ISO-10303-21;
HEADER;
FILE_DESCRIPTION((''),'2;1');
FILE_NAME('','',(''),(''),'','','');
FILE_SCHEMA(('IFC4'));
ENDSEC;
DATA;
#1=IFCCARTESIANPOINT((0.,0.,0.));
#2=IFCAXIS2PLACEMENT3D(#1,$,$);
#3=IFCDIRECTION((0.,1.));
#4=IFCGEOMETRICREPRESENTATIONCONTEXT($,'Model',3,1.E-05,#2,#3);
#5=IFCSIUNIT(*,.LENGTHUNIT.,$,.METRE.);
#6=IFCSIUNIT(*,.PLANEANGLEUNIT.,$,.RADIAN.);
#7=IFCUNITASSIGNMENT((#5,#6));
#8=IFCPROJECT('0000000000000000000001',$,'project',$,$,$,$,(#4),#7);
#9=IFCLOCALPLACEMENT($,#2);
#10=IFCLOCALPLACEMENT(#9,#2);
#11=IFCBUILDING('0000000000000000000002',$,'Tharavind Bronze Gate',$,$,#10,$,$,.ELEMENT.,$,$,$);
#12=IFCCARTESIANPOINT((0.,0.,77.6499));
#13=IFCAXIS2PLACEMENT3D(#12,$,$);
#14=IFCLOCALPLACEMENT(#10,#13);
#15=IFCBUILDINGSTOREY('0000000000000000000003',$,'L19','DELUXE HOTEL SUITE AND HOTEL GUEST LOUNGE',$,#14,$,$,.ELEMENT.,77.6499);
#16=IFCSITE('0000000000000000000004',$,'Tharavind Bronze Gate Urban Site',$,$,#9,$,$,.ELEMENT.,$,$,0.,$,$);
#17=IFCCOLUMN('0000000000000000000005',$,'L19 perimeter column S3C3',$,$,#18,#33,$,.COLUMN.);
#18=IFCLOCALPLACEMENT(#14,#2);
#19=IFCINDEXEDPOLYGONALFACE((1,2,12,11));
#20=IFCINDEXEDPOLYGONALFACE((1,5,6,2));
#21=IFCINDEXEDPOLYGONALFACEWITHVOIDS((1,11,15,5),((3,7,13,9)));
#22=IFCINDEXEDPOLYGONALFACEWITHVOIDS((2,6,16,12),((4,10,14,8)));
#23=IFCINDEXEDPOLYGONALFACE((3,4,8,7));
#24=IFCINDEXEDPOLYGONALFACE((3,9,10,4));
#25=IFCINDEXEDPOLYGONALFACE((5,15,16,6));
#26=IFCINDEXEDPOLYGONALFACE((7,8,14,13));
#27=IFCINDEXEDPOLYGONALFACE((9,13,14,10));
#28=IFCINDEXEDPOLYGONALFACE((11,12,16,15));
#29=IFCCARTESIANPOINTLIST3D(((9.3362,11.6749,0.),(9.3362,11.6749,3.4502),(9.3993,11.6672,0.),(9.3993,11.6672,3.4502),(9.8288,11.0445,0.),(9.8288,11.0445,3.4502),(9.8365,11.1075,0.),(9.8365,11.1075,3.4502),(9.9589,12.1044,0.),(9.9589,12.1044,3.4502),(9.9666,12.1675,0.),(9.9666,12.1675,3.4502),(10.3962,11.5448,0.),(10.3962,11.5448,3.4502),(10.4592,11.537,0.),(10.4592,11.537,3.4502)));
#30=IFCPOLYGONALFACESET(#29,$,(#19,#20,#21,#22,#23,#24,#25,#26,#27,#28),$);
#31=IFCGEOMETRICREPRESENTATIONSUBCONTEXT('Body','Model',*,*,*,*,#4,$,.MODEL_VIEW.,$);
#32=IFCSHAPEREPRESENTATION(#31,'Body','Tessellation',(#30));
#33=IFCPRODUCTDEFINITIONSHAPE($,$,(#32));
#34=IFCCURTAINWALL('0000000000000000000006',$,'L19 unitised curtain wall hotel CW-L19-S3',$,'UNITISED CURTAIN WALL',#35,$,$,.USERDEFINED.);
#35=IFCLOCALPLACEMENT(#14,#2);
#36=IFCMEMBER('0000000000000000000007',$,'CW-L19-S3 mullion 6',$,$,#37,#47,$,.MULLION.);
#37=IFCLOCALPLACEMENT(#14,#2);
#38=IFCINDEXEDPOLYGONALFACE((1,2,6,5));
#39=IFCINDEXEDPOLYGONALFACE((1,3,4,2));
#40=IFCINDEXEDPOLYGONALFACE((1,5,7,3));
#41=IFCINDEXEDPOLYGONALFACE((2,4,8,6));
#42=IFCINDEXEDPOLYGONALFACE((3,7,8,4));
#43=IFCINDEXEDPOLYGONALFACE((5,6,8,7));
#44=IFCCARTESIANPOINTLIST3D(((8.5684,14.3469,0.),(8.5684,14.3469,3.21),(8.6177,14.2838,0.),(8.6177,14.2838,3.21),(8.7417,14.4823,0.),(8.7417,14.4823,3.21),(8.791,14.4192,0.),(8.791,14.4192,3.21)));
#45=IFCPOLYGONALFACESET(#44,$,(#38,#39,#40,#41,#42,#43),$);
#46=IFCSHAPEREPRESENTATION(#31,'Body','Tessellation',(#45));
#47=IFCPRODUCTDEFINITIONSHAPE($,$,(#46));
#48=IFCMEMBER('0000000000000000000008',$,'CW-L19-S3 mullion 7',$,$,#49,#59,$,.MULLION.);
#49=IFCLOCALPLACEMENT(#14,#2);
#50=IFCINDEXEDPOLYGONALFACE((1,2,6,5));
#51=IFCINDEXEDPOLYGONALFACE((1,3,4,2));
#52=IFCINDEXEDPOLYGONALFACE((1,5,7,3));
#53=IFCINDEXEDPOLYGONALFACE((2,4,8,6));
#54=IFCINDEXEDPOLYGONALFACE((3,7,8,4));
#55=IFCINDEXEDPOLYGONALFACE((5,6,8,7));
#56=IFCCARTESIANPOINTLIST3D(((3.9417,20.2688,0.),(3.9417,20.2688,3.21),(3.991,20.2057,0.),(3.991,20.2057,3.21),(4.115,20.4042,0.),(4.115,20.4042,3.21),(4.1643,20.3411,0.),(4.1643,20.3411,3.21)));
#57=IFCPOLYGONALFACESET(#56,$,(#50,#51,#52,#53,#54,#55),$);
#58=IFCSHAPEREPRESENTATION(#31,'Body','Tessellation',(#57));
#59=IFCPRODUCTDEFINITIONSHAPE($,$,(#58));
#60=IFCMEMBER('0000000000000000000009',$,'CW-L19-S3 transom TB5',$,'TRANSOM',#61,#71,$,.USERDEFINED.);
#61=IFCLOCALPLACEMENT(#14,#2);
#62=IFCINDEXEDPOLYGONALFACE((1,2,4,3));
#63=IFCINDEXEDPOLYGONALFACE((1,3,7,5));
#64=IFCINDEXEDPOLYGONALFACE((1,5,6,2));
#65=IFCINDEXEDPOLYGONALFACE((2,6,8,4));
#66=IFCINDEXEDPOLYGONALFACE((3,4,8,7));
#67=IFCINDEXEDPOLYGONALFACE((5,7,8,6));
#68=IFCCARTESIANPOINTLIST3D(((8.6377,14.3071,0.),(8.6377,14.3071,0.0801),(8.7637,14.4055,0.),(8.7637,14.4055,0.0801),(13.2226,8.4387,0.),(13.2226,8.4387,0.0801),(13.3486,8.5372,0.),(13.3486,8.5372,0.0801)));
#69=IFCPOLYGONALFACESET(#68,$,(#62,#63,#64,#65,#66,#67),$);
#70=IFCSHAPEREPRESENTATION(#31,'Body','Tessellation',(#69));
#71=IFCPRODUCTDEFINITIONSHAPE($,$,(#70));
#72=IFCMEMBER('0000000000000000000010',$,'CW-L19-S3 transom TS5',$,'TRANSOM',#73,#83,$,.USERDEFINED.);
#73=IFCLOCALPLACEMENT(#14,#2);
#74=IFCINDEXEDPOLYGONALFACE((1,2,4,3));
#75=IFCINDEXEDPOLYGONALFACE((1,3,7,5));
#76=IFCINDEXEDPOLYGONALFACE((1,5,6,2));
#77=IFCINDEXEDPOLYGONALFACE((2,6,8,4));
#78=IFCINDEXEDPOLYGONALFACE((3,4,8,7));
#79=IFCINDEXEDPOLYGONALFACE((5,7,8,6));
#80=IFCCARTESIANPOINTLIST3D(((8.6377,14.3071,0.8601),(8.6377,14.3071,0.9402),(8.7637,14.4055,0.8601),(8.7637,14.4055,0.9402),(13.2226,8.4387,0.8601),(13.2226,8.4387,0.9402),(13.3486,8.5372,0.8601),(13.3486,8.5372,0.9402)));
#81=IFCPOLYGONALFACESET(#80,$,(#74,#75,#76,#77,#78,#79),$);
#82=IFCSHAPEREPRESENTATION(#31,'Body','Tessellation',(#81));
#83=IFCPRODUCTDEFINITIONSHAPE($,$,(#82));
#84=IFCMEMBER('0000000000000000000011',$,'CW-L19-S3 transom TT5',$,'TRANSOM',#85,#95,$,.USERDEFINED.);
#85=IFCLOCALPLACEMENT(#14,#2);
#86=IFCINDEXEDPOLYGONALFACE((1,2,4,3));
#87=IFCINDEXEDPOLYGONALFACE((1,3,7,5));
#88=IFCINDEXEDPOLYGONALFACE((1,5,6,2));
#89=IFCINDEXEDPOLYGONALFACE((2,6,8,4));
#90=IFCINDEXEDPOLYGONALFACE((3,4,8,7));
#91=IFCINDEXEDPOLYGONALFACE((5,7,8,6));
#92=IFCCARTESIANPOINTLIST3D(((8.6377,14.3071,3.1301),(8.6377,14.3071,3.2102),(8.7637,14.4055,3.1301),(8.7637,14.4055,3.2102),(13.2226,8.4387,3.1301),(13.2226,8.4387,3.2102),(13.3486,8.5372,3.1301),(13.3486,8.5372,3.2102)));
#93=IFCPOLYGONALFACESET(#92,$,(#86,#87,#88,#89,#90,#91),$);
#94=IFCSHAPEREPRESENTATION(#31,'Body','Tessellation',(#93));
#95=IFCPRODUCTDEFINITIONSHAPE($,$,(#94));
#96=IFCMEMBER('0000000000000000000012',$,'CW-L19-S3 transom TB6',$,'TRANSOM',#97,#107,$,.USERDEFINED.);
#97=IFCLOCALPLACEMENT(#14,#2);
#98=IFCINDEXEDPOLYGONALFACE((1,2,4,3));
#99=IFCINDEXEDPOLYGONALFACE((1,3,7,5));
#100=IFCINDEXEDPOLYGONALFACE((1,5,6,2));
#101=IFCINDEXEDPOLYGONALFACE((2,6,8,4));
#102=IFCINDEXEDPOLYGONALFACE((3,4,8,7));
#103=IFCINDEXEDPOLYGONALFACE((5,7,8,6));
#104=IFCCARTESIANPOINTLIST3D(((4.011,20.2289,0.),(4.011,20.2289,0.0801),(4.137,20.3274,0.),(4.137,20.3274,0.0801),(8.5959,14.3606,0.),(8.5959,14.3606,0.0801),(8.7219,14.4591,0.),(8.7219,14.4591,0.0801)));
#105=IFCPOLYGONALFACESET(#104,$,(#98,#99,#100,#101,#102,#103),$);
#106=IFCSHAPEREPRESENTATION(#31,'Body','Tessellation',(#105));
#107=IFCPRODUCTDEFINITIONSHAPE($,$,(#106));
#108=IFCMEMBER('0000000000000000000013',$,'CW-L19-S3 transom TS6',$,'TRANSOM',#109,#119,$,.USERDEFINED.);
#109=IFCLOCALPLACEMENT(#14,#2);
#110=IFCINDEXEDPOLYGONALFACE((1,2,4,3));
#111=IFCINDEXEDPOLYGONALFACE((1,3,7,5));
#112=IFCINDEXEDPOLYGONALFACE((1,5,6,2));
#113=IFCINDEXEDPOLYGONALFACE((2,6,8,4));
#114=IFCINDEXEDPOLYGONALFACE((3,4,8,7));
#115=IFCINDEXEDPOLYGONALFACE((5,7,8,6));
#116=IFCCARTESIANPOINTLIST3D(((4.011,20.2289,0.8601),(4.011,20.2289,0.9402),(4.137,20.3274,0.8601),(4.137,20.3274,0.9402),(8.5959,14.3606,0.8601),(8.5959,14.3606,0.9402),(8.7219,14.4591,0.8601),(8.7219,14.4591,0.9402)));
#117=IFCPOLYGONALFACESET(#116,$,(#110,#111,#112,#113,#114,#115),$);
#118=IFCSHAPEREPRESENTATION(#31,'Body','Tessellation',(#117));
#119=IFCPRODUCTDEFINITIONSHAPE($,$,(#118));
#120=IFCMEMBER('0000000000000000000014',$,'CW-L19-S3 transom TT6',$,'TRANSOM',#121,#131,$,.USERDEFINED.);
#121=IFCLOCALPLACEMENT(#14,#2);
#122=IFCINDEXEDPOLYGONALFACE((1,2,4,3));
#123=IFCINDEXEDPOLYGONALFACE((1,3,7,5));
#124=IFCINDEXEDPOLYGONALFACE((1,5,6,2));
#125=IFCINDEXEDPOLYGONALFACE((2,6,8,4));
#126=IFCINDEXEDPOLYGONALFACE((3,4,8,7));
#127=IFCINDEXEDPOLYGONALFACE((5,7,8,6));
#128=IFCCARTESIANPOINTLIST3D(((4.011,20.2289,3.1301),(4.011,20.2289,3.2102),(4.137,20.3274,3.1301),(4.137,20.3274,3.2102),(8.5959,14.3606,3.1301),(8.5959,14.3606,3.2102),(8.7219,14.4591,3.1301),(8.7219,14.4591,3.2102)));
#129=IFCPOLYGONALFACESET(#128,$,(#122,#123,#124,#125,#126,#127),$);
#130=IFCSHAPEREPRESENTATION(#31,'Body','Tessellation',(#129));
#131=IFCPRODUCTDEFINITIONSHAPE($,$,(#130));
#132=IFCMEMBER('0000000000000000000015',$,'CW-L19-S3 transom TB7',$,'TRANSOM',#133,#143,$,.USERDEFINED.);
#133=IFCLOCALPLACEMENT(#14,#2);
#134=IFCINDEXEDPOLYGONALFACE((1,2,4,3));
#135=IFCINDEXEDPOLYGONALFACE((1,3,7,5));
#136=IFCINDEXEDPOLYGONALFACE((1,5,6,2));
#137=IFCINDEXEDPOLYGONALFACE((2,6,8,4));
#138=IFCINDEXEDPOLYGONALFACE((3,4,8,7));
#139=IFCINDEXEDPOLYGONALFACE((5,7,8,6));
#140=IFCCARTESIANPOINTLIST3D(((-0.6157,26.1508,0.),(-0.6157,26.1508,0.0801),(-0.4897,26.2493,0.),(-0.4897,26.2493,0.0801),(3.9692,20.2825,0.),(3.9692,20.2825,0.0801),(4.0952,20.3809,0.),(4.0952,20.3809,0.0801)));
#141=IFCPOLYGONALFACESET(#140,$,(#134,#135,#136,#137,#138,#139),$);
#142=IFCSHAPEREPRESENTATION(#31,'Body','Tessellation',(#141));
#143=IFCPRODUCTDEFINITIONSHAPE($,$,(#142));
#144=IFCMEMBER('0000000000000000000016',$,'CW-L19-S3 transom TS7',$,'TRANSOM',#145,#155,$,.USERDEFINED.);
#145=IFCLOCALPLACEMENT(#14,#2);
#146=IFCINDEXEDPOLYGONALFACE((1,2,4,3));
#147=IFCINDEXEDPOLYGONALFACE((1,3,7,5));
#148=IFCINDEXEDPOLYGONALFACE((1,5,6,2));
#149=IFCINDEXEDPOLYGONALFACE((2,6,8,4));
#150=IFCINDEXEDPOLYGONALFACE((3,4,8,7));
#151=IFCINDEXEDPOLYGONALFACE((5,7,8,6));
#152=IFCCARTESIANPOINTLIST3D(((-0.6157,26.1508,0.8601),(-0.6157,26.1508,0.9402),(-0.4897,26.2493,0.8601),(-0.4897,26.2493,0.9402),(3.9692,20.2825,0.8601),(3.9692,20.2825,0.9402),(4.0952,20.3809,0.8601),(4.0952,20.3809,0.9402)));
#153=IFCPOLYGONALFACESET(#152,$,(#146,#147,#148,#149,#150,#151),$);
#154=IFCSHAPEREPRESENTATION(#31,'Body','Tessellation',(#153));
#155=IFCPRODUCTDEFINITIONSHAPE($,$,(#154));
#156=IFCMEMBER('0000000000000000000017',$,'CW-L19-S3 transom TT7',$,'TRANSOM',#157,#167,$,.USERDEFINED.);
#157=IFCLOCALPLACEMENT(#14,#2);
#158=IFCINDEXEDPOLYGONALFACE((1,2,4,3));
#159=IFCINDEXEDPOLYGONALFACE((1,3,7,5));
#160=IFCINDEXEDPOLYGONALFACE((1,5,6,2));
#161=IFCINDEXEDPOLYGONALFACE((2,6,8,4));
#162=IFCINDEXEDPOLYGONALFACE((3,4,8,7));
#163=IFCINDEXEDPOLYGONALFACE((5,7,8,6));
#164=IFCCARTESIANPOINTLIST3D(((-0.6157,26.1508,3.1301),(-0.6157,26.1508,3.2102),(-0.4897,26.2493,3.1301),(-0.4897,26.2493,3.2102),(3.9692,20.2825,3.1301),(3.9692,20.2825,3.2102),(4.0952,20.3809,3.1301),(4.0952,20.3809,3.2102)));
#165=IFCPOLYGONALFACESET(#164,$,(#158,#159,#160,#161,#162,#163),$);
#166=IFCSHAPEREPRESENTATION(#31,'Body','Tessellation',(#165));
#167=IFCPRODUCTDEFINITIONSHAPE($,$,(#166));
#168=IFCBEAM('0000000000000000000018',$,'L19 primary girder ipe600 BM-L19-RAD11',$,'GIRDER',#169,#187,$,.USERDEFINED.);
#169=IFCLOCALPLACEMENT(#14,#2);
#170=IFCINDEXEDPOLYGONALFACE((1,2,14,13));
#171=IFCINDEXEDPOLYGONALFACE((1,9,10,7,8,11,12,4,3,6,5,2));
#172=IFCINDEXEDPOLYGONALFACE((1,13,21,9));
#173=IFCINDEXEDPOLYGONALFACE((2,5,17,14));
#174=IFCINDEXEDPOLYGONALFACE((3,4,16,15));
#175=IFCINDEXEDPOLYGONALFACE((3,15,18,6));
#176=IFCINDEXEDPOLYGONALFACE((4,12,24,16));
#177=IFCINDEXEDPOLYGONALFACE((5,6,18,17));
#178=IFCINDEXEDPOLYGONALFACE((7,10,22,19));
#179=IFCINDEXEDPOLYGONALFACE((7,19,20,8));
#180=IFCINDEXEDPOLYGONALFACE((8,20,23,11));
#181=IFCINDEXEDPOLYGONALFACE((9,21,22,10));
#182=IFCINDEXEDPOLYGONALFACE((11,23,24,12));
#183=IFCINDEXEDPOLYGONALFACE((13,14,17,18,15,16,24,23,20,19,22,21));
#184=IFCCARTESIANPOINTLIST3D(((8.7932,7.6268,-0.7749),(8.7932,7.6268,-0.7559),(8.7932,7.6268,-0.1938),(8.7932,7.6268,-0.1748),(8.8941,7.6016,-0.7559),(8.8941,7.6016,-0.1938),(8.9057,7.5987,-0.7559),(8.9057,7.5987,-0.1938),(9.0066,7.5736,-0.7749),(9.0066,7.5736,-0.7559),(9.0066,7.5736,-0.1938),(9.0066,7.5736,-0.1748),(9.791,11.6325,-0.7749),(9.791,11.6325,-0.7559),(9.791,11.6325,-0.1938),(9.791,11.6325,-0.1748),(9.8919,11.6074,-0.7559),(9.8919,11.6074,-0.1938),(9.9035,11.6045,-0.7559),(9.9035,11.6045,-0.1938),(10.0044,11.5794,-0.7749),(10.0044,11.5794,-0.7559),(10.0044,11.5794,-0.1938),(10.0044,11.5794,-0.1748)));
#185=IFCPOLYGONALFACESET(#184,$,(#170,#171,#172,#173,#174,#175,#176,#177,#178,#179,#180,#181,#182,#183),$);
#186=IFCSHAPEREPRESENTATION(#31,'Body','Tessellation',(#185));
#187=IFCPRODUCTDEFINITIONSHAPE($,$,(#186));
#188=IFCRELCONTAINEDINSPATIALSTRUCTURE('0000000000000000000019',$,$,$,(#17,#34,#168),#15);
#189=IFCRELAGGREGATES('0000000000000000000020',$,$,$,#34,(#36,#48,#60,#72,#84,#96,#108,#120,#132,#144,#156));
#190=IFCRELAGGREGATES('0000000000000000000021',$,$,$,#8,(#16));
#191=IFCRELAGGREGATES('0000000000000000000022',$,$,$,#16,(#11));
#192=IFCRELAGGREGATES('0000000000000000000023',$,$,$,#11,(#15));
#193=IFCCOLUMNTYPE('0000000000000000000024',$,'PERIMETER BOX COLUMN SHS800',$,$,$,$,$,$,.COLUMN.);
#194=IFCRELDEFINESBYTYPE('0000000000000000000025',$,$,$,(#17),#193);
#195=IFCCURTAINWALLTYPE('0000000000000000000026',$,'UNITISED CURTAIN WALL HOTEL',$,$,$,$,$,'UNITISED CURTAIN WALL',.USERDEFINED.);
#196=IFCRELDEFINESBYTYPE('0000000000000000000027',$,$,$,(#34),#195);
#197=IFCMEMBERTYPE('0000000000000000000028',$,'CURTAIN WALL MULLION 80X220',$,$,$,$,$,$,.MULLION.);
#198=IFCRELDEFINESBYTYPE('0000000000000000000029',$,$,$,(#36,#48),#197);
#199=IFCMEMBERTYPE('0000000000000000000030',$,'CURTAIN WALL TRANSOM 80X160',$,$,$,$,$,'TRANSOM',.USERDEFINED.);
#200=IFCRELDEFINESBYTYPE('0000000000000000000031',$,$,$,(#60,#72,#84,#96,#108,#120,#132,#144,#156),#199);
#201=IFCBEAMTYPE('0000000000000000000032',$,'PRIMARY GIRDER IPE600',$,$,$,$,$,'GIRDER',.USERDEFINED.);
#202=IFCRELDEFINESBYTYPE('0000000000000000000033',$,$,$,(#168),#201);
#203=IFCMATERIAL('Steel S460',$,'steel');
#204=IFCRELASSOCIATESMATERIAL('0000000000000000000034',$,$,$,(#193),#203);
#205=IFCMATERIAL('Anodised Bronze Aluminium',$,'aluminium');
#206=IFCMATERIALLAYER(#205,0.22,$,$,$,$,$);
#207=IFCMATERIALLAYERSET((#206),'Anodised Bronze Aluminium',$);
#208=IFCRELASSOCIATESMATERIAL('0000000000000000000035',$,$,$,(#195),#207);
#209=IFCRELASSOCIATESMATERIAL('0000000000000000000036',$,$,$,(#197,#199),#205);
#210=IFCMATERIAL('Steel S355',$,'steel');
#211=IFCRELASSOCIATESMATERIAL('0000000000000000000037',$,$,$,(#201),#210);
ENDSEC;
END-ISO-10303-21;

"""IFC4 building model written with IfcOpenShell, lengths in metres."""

from ifc_helpers import new_model, si_unit, direction, frame, origin, origin_2d, place, context, subcontext, project, spatial, rectangle, hollow_rectangle, i_section, extrude, material, layer, layer_set, material_profile, profile_set, type_object, element, aggregate, save


model = new_model("IFC4")

# Units and contexts
model_context = context("Model", 3, precision=1e-05, world=origin(), true_north=direction((0.0, 1.0)))
body_context = subcontext(model_context, "Body", "Model", "MODEL_VIEW")
ifc_project = project(units=[si_unit("LENGTHUNIT", "METRE"), si_unit("PLANEANGLEUNIT", "RADIAN")], contexts=[model_context])

# Site, building, storey
site_placement = place(None, origin())
site = spatial("IfcSite", under=ifc_project, at=site_placement, Name="Tharavind Bronze Gate Urban Site", CompositionType="ELEMENT", RefElevation=0.0)
building_placement = place(site_placement, origin())
building = spatial("IfcBuilding", under=site, at=building_placement, Name="Tharavind Bronze Gate", CompositionType="ELEMENT")
storey_placement = place(building_placement, frame((0.0, 0.0, 77.6499)))
storey = spatial("IfcBuildingStorey", under=building, at=storey_placement, Name="L19", Description="DELUXE HOTEL SUITE AND HOTEL GUEST LOUNGE", CompositionType="ELEMENT", Elevation=77.6499)

# Column
ifc_material_1 = material(Name="Steel S460", Category="steel")
ifc_material_profile_1 = material_profile(ifc_material_1, hollow_rectangle(XDim=0.8, YDim=0.8, WallThickness=0.0449, at=origin_2d()), Name="SHS800X45")
ifc_profile_set_1 = profile_set([ifc_material_profile_1], Name="Steel S460")
column_type = type_object("IfcColumnType", Name="PERIMETER BOX COLUMN SHS800", PredefinedType="COLUMN", material=ifc_profile_set_1)
column_placement = place(storey_placement, frame((9.8977, 11.606, 0.0), z_axis=(0.0, 0.0, 1.0), x_axis=(-0.615661, 0.788011, 0.0)))
element("IfcColumn", 1, at=column_placement, inside=storey, type_object=column_type, Name="L19 perimeter column S3C3", PredefinedType="COLUMN", context=body_context, shape_type="SweptSolid", body=[
    extrude(hollow_rectangle(XDim=0.8, YDim=0.8, WallThickness=0.0449, at=origin_2d()), origin(), (0.0, 0.0, 1.0), 3.4502),
])

# Curtain wall, members
ifc_material_2 = material(Name="Anodised Bronze Aluminium", Category="aluminium")
ifc_layer_1 = layer(ifc_material_2, 0.22)
ifc_layer_set_1 = layer_set([ifc_layer_1], Name="Anodised Bronze Aluminium")
curtain_wall_type = type_object("IfcCurtainWallType", Name="UNITISED CURTAIN WALL HOTEL", ElementType="UNITISED CURTAIN WALL", PredefinedType="USERDEFINED", material=ifc_layer_set_1)
curtain_wall_placement = place(storey_placement, origin())
curtain_wall = element("IfcCurtainWall", 2, at=curtain_wall_placement, inside=storey, type_object=curtain_wall_type, Name="L19 unitised curtain wall hotel CW-L19-S3", ObjectType="UNITISED CURTAIN WALL", PredefinedType="USERDEFINED")
member_type_1 = type_object("IfcMemberType", Name="CURTAIN WALL MULLION 80X220", PredefinedType="MULLION", material=ifc_material_2)
member_1_placement = place(storey_placement, frame((8.6797, 14.3831, 0.0), z_axis=(0.0, 0.0, 1.0), x_axis=(-0.615661, 0.788011, 0.0)))
member_1 = element("IfcMember", 3, at=member_1_placement, type_object=member_type_1, Name="CW-L19-S3 mullion 6", PredefinedType="MULLION", context=body_context, shape_type="SweptSolid", body=[
    extrude(rectangle(XDim=0.0801, YDim=0.22, at=origin_2d()), origin(), (0.0, 0.0, 1.0), 3.21),
])
member_2_placement = place(storey_placement, frame((4.053, 20.3049, 0.0), z_axis=(0.0, 0.0, 1.0), x_axis=(-0.615661, 0.788011, 0.0)))
member_2 = element("IfcMember", 4, at=member_2_placement, type_object=member_type_1, Name="CW-L19-S3 mullion 7", PredefinedType="MULLION", context=body_context, shape_type="SweptSolid", body=[
    extrude(rectangle(XDim=0.0801, YDim=0.22, at=origin_2d()), origin(), (0.0, 0.0, 1.0), 3.21),
])
member_type_2 = type_object("IfcMemberType", Name="CURTAIN WALL TRANSOM 80X160", ElementType="TRANSOM", PredefinedType="USERDEFINED", material=ifc_material_2)
member_3_placement = place(storey_placement, frame((10.9932, 11.4221, 0.0), z_axis=(0.0, 0.0, 1.0), x_axis=(-0.615661, 0.788011, 0.0)))
member_3 = element("IfcMember", 5, at=member_3_placement, type_object=member_type_2, Name="CW-L19-S3 transom TB5", ObjectType="TRANSOM", PredefinedType="USERDEFINED", context=body_context, shape_type="SweptSolid", body=[
    extrude(rectangle(XDim=7.447, YDim=0.1599, at=origin_2d()), origin(), (0.0, 0.0, 1.0), 0.0801),
])
member_4_placement = place(storey_placement, frame((10.9932, 11.4221, 0.8601), z_axis=(0.0, 0.0, 1.0), x_axis=(-0.615661, 0.788011, 0.0)))
member_4 = element("IfcMember", 6, at=member_4_placement, type_object=member_type_2, Name="CW-L19-S3 transom TS5", ObjectType="TRANSOM", PredefinedType="USERDEFINED", context=body_context, shape_type="SweptSolid", body=[
    extrude(rectangle(XDim=7.447, YDim=0.1599, at=origin_2d()), origin(), (0.0, 0.0, 1.0), 0.0801),
])
member_5_placement = place(storey_placement, frame((10.9932, 11.4221, 3.1301), z_axis=(0.0, 0.0, 1.0), x_axis=(-0.615661, 0.788011, 0.0)))
member_5 = element("IfcMember", 7, at=member_5_placement, type_object=member_type_2, Name="CW-L19-S3 transom TT5", ObjectType="TRANSOM", PredefinedType="USERDEFINED", context=body_context, shape_type="SweptSolid", body=[
    extrude(rectangle(XDim=7.447, YDim=0.1599, at=origin_2d()), origin(), (0.0, 0.0, 1.0), 0.0801),
])
member_6_placement = place(storey_placement, frame((6.3665, 17.344, 0.0), z_axis=(0.0, 0.0, 1.0), x_axis=(-0.615661, 0.788011, 0.0)))
member_6 = element("IfcMember", 8, at=member_6_placement, type_object=member_type_2, Name="CW-L19-S3 transom TB6", ObjectType="TRANSOM", PredefinedType="USERDEFINED", context=body_context, shape_type="SweptSolid", body=[
    extrude(rectangle(XDim=7.447, YDim=0.1599, at=origin_2d()), origin(), (0.0, 0.0, 1.0), 0.0801),
])
member_7_placement = place(storey_placement, frame((6.3665, 17.344, 0.8601), z_axis=(0.0, 0.0, 1.0), x_axis=(-0.615661, 0.788011, 0.0)))
member_7 = element("IfcMember", 9, at=member_7_placement, type_object=member_type_2, Name="CW-L19-S3 transom TS6", ObjectType="TRANSOM", PredefinedType="USERDEFINED", context=body_context, shape_type="SweptSolid", body=[
    extrude(rectangle(XDim=7.447, YDim=0.1599, at=origin_2d()), origin(), (0.0, 0.0, 1.0), 0.0801),
])
member_8_placement = place(storey_placement, frame((6.3665, 17.344, 3.1301), z_axis=(0.0, 0.0, 1.0), x_axis=(-0.615661, 0.788011, 0.0)))
member_8 = element("IfcMember", 10, at=member_8_placement, type_object=member_type_2, Name="CW-L19-S3 transom TT6", ObjectType="TRANSOM", PredefinedType="USERDEFINED", context=body_context, shape_type="SweptSolid", body=[
    extrude(rectangle(XDim=7.447, YDim=0.1599, at=origin_2d()), origin(), (0.0, 0.0, 1.0), 0.0801),
])
member_9_placement = place(storey_placement, frame((1.7397, 23.2659, 0.0), z_axis=(0.0, 0.0, 1.0), x_axis=(-0.615661, 0.788011, 0.0)))
member_9 = element("IfcMember", 11, at=member_9_placement, type_object=member_type_2, Name="CW-L19-S3 transom TB7", ObjectType="TRANSOM", PredefinedType="USERDEFINED", context=body_context, shape_type="SweptSolid", body=[
    extrude(rectangle(XDim=7.447, YDim=0.1599, at=origin_2d()), origin(), (0.0, 0.0, 1.0), 0.0801),
])
member_10_placement = place(storey_placement, frame((1.7397, 23.2659, 0.8601), z_axis=(0.0, 0.0, 1.0), x_axis=(-0.615661, 0.788011, 0.0)))
member_10 = element("IfcMember", 12, at=member_10_placement, type_object=member_type_2, Name="CW-L19-S3 transom TS7", ObjectType="TRANSOM", PredefinedType="USERDEFINED", context=body_context, shape_type="SweptSolid", body=[
    extrude(rectangle(XDim=7.447, YDim=0.1599, at=origin_2d()), origin(), (0.0, 0.0, 1.0), 0.0801),
])
member_11_placement = place(storey_placement, frame((1.7397, 23.2659, 3.1301), z_axis=(0.0, 0.0, 1.0), x_axis=(-0.615661, 0.788011, 0.0)))
member_11 = element("IfcMember", 13, at=member_11_placement, type_object=member_type_2, Name="CW-L19-S3 transom TT7", ObjectType="TRANSOM", PredefinedType="USERDEFINED", context=body_context, shape_type="SweptSolid", body=[
    extrude(rectangle(XDim=7.447, YDim=0.1599, at=origin_2d()), origin(), (0.0, 0.0, 1.0), 0.0801),
])

# Beam
ifc_material_3 = material(Name="Steel S355", Category="steel")
ifc_material_profile_2 = material_profile(ifc_material_3, i_section(OverallWidth=0.22, OverallDepth=0.6001, WebThickness=0.012, FlangeThickness=0.019, at=origin_2d()), Name="IPE600")
ifc_profile_set_2 = profile_set([ifc_material_profile_2], Name="Steel S355")
beam_type_1 = type_object("IfcBeamType", Name="PRIMARY GIRDER IPE600", ElementType="GIRDER", PredefinedType="USERDEFINED", material=ifc_profile_set_2)
beam_1_placement = place(storey_placement, frame((9.8977, 11.606, -0.4749), z_axis=(-0.241701, -0.970351, 0.0), x_axis=(0.970351, -0.241701, 0.0)))
element("IfcBeam", 14, at=beam_1_placement, inside=storey, type_object=beam_type_1, Name="L19 primary girder ipe600 BM-L19-RAD11", ObjectType="GIRDER", PredefinedType="USERDEFINED", context=body_context, shape_type="SweptSolid", body=[
    extrude(i_section(OverallWidth=0.22, OverallDepth=0.6001, WebThickness=0.012, FlangeThickness=0.019, at=origin_2d()), origin(), (0.0, 0.0, 1.0), 4.1282),
])

aggregate(curtain_wall, [member_1, member_2, member_3, member_4, member_5, member_6, member_7, member_8, member_9, member_10, member_11])

save(model, "model.ifc")
